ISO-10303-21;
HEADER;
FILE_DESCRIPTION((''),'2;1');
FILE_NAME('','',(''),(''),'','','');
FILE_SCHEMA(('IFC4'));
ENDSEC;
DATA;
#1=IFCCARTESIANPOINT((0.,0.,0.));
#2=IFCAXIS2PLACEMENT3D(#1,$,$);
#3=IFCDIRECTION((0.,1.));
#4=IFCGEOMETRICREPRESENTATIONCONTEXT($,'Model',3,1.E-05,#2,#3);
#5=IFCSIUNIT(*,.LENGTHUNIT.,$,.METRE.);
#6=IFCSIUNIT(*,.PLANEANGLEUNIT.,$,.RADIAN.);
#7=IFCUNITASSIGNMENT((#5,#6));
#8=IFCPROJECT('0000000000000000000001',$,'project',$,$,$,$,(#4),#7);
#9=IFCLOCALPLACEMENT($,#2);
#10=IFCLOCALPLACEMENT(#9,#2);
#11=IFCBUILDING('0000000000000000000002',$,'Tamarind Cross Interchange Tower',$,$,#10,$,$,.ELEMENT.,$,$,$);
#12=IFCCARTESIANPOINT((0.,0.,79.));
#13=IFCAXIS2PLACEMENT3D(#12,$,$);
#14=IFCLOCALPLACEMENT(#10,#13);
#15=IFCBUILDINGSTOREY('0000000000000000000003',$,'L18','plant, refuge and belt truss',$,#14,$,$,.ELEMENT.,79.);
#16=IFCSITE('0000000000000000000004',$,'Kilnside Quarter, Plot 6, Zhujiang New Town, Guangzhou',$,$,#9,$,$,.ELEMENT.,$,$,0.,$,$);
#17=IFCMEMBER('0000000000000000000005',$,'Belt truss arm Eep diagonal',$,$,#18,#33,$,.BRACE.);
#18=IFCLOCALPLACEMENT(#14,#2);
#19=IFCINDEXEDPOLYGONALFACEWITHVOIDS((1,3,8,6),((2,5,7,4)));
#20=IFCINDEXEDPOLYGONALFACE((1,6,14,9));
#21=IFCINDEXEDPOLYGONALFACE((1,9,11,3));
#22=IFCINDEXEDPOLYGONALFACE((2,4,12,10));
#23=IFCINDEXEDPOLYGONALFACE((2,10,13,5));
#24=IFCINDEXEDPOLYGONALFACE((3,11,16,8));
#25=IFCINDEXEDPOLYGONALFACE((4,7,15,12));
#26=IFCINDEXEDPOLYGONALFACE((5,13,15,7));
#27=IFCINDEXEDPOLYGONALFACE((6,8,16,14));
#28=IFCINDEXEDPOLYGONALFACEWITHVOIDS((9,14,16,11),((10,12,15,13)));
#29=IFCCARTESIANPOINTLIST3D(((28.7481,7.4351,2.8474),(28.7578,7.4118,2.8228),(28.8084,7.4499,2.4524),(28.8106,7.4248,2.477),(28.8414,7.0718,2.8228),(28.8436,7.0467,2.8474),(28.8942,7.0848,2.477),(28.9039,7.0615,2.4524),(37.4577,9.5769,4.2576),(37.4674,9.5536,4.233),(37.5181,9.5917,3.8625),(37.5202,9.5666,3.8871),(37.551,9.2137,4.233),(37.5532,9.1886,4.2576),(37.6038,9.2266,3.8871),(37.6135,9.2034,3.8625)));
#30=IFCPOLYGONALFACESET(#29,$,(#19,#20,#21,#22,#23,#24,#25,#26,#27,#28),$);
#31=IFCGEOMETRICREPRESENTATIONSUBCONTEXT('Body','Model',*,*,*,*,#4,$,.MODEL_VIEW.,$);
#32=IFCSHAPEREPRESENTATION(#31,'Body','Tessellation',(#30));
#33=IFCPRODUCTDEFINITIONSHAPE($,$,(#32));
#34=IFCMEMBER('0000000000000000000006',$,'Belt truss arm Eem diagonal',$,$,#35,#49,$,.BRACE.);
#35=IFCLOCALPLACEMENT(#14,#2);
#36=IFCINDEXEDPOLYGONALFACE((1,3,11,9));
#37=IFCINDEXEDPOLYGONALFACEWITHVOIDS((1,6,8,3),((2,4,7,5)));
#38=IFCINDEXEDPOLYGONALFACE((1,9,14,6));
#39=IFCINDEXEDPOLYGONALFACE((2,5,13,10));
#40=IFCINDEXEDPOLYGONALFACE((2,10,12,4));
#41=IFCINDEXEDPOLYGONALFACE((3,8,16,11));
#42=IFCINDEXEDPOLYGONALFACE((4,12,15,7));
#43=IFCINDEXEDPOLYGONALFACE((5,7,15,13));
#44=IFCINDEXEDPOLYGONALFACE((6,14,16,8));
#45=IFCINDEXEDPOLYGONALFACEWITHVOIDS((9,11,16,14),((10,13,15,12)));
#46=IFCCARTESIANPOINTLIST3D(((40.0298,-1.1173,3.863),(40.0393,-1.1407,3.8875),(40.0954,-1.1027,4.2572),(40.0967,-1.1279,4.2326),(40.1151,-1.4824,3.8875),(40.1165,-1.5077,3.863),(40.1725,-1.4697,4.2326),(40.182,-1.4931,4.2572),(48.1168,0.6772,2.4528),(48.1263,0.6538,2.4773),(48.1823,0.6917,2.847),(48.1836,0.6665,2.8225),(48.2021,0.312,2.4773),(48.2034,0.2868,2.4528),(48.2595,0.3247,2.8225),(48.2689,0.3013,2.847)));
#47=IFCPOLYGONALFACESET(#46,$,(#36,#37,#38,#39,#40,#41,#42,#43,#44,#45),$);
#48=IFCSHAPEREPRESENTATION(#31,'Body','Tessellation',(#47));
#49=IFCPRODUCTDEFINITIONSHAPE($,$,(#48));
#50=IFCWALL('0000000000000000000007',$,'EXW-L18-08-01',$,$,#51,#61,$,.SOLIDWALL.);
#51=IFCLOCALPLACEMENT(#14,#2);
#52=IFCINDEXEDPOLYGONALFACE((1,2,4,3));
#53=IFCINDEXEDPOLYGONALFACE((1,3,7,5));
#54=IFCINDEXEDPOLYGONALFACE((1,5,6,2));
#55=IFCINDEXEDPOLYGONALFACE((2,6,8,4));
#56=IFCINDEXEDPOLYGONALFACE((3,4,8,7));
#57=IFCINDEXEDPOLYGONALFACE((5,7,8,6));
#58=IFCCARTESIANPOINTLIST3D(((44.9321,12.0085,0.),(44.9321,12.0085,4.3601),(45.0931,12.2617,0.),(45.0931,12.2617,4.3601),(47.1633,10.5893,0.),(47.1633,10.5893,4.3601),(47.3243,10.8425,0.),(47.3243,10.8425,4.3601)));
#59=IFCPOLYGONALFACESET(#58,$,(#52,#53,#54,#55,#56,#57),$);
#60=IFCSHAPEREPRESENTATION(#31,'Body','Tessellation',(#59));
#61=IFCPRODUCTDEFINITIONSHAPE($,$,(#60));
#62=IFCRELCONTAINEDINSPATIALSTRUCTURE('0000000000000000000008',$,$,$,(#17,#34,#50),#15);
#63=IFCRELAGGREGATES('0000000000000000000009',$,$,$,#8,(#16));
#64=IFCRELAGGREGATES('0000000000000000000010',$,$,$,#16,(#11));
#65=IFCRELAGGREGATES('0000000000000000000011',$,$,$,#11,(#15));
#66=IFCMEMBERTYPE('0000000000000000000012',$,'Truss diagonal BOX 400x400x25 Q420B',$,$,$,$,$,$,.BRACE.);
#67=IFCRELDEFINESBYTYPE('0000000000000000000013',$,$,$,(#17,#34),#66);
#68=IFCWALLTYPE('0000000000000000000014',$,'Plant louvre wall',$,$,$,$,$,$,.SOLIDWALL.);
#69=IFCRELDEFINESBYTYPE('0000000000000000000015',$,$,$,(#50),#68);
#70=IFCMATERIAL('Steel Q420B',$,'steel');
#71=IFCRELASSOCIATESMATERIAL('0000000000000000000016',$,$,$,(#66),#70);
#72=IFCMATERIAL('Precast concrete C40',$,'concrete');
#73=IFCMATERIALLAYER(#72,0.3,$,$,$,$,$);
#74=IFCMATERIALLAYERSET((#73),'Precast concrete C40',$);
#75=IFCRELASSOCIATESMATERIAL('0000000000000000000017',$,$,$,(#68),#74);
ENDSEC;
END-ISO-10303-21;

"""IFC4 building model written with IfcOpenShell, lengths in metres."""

from ifc_helpers import new_model, si_unit, direction, frame, frame_2d, origin, origin_2d, place, context, subcontext, project, spatial, rectangle, hollow_rectangle, extrude, material, layer, layer_set, material_profile, profile_set, type_object, element, save


model = new_model("IFC4")

# Units and contexts
model_context = context("Model", 3, precision=1e-05, world=origin(), true_north=direction((0.0, 1.0)))
body_context = subcontext(model_context, "Body", "Model", "MODEL_VIEW")
ifc_project = project(units=[si_unit("LENGTHUNIT", "METRE"), si_unit("PLANEANGLEUNIT", "RADIAN")], contexts=[model_context])

# Site, building, storey
site_placement = place(None, origin())
site = spatial("IfcSite", under=ifc_project, at=site_placement, Name="Kilnside Quarter, Plot 6, Zhujiang New Town, Guangzhou", CompositionType="ELEMENT", RefElevation=0.0)
building_placement = place(site_placement, origin())
building = spatial("IfcBuilding", under=site, at=building_placement, Name="Tamarind Cross Interchange Tower", CompositionType="ELEMENT")
storey_placement = place(building_placement, frame((0.0, 0.0, 79.0)))
storey = spatial("IfcBuildingStorey", under=building, at=storey_placement, Name="L18", Description="plant, refuge and belt truss", CompositionType="ELEMENT", Elevation=79.0)

# Members
ifc_material_1 = material(Name="Steel Q420B", Category="steel")
ifc_material_profile_1 = material_profile(ifc_material_1, hollow_rectangle(XDim=0.3999, YDim=0.3999, WallThickness=0.0249, at=origin_2d()), Name="BOX 400x400x25")
ifc_profile_set_1 = profile_set([ifc_material_profile_1], Name="Steel Q420B")
member_type_1 = type_object("IfcMemberType", Name="Truss diagonal BOX 400x400x25 Q420B", PredefinedType="BRACE", material=ifc_profile_set_1)
member_1_placement = place(storey_placement, frame((37.5356, 9.3901, 4.0601), z_axis=(-0.959285, -0.235902, -0.155314), x_axis=(0.2388, -0.971069, 0.0)))
element("IfcMember", 1, at=member_1_placement, inside=storey, type_object=member_type_1, Name="Belt truss arm Eep diagonal", PredefinedType="BRACE", context=body_context, shape_type="SweptSolid", body=[
    extrude(hollow_rectangle(XDim=0.3999, YDim=0.3999, WallThickness=0.0249, at=origin_2d()), origin(), (0.0, 0.0, 1.0), 9.0793),
])
member_2_placement = place(storey_placement, frame((48.1929, 0.4893, 2.6499), z_axis=(-0.962409, -0.213552, 0.16782), x_axis=(0.216625, -0.976255, 0.0)))
element("IfcMember", 2, at=member_2_placement, inside=storey, type_object=member_type_1, Name="Belt truss arm Eem diagonal", PredefinedType="BRACE", context=body_context, shape_type="SweptSolid", body=[
    extrude(hollow_rectangle(XDim=0.3999, YDim=0.3999, WallThickness=0.0249, at=origin_2d()), origin(), (0.0, 0.0, 1.0), 8.4028),
])

# Shared definitions
ifc_material_2 = material(Name="Precast concrete C40", Category="concrete")
ifc_layer = layer(ifc_material_2, 0.3)
ifc_layer_set = layer_set([ifc_layer], Name="Precast concrete C40")
wall_type = type_object("IfcWallType", Name="Plant louvre wall", PredefinedType="SOLIDWALL", material=ifc_layer_set)

# Wall
wall_1_placement = place(storey_placement, frame((47.2439, 10.7158, 0.0), z_axis=(0.0, 0.0, 1.0), x_axis=(-0.843776, 0.536696, 0.0)))
element("IfcWall", 3, at=wall_1_placement, inside=storey, type_object=wall_type, Name="EXW-L18-08-01", PredefinedType="SOLIDWALL", context=body_context, shape_type="SweptSolid", body=[
    extrude(rectangle(XDim=2.6443, YDim=0.3, at=frame_2d((1.3223, 0.0))), origin(), (0.0, 0.0, 1.0), 4.3601),
])

save(model, "model.ifc")
